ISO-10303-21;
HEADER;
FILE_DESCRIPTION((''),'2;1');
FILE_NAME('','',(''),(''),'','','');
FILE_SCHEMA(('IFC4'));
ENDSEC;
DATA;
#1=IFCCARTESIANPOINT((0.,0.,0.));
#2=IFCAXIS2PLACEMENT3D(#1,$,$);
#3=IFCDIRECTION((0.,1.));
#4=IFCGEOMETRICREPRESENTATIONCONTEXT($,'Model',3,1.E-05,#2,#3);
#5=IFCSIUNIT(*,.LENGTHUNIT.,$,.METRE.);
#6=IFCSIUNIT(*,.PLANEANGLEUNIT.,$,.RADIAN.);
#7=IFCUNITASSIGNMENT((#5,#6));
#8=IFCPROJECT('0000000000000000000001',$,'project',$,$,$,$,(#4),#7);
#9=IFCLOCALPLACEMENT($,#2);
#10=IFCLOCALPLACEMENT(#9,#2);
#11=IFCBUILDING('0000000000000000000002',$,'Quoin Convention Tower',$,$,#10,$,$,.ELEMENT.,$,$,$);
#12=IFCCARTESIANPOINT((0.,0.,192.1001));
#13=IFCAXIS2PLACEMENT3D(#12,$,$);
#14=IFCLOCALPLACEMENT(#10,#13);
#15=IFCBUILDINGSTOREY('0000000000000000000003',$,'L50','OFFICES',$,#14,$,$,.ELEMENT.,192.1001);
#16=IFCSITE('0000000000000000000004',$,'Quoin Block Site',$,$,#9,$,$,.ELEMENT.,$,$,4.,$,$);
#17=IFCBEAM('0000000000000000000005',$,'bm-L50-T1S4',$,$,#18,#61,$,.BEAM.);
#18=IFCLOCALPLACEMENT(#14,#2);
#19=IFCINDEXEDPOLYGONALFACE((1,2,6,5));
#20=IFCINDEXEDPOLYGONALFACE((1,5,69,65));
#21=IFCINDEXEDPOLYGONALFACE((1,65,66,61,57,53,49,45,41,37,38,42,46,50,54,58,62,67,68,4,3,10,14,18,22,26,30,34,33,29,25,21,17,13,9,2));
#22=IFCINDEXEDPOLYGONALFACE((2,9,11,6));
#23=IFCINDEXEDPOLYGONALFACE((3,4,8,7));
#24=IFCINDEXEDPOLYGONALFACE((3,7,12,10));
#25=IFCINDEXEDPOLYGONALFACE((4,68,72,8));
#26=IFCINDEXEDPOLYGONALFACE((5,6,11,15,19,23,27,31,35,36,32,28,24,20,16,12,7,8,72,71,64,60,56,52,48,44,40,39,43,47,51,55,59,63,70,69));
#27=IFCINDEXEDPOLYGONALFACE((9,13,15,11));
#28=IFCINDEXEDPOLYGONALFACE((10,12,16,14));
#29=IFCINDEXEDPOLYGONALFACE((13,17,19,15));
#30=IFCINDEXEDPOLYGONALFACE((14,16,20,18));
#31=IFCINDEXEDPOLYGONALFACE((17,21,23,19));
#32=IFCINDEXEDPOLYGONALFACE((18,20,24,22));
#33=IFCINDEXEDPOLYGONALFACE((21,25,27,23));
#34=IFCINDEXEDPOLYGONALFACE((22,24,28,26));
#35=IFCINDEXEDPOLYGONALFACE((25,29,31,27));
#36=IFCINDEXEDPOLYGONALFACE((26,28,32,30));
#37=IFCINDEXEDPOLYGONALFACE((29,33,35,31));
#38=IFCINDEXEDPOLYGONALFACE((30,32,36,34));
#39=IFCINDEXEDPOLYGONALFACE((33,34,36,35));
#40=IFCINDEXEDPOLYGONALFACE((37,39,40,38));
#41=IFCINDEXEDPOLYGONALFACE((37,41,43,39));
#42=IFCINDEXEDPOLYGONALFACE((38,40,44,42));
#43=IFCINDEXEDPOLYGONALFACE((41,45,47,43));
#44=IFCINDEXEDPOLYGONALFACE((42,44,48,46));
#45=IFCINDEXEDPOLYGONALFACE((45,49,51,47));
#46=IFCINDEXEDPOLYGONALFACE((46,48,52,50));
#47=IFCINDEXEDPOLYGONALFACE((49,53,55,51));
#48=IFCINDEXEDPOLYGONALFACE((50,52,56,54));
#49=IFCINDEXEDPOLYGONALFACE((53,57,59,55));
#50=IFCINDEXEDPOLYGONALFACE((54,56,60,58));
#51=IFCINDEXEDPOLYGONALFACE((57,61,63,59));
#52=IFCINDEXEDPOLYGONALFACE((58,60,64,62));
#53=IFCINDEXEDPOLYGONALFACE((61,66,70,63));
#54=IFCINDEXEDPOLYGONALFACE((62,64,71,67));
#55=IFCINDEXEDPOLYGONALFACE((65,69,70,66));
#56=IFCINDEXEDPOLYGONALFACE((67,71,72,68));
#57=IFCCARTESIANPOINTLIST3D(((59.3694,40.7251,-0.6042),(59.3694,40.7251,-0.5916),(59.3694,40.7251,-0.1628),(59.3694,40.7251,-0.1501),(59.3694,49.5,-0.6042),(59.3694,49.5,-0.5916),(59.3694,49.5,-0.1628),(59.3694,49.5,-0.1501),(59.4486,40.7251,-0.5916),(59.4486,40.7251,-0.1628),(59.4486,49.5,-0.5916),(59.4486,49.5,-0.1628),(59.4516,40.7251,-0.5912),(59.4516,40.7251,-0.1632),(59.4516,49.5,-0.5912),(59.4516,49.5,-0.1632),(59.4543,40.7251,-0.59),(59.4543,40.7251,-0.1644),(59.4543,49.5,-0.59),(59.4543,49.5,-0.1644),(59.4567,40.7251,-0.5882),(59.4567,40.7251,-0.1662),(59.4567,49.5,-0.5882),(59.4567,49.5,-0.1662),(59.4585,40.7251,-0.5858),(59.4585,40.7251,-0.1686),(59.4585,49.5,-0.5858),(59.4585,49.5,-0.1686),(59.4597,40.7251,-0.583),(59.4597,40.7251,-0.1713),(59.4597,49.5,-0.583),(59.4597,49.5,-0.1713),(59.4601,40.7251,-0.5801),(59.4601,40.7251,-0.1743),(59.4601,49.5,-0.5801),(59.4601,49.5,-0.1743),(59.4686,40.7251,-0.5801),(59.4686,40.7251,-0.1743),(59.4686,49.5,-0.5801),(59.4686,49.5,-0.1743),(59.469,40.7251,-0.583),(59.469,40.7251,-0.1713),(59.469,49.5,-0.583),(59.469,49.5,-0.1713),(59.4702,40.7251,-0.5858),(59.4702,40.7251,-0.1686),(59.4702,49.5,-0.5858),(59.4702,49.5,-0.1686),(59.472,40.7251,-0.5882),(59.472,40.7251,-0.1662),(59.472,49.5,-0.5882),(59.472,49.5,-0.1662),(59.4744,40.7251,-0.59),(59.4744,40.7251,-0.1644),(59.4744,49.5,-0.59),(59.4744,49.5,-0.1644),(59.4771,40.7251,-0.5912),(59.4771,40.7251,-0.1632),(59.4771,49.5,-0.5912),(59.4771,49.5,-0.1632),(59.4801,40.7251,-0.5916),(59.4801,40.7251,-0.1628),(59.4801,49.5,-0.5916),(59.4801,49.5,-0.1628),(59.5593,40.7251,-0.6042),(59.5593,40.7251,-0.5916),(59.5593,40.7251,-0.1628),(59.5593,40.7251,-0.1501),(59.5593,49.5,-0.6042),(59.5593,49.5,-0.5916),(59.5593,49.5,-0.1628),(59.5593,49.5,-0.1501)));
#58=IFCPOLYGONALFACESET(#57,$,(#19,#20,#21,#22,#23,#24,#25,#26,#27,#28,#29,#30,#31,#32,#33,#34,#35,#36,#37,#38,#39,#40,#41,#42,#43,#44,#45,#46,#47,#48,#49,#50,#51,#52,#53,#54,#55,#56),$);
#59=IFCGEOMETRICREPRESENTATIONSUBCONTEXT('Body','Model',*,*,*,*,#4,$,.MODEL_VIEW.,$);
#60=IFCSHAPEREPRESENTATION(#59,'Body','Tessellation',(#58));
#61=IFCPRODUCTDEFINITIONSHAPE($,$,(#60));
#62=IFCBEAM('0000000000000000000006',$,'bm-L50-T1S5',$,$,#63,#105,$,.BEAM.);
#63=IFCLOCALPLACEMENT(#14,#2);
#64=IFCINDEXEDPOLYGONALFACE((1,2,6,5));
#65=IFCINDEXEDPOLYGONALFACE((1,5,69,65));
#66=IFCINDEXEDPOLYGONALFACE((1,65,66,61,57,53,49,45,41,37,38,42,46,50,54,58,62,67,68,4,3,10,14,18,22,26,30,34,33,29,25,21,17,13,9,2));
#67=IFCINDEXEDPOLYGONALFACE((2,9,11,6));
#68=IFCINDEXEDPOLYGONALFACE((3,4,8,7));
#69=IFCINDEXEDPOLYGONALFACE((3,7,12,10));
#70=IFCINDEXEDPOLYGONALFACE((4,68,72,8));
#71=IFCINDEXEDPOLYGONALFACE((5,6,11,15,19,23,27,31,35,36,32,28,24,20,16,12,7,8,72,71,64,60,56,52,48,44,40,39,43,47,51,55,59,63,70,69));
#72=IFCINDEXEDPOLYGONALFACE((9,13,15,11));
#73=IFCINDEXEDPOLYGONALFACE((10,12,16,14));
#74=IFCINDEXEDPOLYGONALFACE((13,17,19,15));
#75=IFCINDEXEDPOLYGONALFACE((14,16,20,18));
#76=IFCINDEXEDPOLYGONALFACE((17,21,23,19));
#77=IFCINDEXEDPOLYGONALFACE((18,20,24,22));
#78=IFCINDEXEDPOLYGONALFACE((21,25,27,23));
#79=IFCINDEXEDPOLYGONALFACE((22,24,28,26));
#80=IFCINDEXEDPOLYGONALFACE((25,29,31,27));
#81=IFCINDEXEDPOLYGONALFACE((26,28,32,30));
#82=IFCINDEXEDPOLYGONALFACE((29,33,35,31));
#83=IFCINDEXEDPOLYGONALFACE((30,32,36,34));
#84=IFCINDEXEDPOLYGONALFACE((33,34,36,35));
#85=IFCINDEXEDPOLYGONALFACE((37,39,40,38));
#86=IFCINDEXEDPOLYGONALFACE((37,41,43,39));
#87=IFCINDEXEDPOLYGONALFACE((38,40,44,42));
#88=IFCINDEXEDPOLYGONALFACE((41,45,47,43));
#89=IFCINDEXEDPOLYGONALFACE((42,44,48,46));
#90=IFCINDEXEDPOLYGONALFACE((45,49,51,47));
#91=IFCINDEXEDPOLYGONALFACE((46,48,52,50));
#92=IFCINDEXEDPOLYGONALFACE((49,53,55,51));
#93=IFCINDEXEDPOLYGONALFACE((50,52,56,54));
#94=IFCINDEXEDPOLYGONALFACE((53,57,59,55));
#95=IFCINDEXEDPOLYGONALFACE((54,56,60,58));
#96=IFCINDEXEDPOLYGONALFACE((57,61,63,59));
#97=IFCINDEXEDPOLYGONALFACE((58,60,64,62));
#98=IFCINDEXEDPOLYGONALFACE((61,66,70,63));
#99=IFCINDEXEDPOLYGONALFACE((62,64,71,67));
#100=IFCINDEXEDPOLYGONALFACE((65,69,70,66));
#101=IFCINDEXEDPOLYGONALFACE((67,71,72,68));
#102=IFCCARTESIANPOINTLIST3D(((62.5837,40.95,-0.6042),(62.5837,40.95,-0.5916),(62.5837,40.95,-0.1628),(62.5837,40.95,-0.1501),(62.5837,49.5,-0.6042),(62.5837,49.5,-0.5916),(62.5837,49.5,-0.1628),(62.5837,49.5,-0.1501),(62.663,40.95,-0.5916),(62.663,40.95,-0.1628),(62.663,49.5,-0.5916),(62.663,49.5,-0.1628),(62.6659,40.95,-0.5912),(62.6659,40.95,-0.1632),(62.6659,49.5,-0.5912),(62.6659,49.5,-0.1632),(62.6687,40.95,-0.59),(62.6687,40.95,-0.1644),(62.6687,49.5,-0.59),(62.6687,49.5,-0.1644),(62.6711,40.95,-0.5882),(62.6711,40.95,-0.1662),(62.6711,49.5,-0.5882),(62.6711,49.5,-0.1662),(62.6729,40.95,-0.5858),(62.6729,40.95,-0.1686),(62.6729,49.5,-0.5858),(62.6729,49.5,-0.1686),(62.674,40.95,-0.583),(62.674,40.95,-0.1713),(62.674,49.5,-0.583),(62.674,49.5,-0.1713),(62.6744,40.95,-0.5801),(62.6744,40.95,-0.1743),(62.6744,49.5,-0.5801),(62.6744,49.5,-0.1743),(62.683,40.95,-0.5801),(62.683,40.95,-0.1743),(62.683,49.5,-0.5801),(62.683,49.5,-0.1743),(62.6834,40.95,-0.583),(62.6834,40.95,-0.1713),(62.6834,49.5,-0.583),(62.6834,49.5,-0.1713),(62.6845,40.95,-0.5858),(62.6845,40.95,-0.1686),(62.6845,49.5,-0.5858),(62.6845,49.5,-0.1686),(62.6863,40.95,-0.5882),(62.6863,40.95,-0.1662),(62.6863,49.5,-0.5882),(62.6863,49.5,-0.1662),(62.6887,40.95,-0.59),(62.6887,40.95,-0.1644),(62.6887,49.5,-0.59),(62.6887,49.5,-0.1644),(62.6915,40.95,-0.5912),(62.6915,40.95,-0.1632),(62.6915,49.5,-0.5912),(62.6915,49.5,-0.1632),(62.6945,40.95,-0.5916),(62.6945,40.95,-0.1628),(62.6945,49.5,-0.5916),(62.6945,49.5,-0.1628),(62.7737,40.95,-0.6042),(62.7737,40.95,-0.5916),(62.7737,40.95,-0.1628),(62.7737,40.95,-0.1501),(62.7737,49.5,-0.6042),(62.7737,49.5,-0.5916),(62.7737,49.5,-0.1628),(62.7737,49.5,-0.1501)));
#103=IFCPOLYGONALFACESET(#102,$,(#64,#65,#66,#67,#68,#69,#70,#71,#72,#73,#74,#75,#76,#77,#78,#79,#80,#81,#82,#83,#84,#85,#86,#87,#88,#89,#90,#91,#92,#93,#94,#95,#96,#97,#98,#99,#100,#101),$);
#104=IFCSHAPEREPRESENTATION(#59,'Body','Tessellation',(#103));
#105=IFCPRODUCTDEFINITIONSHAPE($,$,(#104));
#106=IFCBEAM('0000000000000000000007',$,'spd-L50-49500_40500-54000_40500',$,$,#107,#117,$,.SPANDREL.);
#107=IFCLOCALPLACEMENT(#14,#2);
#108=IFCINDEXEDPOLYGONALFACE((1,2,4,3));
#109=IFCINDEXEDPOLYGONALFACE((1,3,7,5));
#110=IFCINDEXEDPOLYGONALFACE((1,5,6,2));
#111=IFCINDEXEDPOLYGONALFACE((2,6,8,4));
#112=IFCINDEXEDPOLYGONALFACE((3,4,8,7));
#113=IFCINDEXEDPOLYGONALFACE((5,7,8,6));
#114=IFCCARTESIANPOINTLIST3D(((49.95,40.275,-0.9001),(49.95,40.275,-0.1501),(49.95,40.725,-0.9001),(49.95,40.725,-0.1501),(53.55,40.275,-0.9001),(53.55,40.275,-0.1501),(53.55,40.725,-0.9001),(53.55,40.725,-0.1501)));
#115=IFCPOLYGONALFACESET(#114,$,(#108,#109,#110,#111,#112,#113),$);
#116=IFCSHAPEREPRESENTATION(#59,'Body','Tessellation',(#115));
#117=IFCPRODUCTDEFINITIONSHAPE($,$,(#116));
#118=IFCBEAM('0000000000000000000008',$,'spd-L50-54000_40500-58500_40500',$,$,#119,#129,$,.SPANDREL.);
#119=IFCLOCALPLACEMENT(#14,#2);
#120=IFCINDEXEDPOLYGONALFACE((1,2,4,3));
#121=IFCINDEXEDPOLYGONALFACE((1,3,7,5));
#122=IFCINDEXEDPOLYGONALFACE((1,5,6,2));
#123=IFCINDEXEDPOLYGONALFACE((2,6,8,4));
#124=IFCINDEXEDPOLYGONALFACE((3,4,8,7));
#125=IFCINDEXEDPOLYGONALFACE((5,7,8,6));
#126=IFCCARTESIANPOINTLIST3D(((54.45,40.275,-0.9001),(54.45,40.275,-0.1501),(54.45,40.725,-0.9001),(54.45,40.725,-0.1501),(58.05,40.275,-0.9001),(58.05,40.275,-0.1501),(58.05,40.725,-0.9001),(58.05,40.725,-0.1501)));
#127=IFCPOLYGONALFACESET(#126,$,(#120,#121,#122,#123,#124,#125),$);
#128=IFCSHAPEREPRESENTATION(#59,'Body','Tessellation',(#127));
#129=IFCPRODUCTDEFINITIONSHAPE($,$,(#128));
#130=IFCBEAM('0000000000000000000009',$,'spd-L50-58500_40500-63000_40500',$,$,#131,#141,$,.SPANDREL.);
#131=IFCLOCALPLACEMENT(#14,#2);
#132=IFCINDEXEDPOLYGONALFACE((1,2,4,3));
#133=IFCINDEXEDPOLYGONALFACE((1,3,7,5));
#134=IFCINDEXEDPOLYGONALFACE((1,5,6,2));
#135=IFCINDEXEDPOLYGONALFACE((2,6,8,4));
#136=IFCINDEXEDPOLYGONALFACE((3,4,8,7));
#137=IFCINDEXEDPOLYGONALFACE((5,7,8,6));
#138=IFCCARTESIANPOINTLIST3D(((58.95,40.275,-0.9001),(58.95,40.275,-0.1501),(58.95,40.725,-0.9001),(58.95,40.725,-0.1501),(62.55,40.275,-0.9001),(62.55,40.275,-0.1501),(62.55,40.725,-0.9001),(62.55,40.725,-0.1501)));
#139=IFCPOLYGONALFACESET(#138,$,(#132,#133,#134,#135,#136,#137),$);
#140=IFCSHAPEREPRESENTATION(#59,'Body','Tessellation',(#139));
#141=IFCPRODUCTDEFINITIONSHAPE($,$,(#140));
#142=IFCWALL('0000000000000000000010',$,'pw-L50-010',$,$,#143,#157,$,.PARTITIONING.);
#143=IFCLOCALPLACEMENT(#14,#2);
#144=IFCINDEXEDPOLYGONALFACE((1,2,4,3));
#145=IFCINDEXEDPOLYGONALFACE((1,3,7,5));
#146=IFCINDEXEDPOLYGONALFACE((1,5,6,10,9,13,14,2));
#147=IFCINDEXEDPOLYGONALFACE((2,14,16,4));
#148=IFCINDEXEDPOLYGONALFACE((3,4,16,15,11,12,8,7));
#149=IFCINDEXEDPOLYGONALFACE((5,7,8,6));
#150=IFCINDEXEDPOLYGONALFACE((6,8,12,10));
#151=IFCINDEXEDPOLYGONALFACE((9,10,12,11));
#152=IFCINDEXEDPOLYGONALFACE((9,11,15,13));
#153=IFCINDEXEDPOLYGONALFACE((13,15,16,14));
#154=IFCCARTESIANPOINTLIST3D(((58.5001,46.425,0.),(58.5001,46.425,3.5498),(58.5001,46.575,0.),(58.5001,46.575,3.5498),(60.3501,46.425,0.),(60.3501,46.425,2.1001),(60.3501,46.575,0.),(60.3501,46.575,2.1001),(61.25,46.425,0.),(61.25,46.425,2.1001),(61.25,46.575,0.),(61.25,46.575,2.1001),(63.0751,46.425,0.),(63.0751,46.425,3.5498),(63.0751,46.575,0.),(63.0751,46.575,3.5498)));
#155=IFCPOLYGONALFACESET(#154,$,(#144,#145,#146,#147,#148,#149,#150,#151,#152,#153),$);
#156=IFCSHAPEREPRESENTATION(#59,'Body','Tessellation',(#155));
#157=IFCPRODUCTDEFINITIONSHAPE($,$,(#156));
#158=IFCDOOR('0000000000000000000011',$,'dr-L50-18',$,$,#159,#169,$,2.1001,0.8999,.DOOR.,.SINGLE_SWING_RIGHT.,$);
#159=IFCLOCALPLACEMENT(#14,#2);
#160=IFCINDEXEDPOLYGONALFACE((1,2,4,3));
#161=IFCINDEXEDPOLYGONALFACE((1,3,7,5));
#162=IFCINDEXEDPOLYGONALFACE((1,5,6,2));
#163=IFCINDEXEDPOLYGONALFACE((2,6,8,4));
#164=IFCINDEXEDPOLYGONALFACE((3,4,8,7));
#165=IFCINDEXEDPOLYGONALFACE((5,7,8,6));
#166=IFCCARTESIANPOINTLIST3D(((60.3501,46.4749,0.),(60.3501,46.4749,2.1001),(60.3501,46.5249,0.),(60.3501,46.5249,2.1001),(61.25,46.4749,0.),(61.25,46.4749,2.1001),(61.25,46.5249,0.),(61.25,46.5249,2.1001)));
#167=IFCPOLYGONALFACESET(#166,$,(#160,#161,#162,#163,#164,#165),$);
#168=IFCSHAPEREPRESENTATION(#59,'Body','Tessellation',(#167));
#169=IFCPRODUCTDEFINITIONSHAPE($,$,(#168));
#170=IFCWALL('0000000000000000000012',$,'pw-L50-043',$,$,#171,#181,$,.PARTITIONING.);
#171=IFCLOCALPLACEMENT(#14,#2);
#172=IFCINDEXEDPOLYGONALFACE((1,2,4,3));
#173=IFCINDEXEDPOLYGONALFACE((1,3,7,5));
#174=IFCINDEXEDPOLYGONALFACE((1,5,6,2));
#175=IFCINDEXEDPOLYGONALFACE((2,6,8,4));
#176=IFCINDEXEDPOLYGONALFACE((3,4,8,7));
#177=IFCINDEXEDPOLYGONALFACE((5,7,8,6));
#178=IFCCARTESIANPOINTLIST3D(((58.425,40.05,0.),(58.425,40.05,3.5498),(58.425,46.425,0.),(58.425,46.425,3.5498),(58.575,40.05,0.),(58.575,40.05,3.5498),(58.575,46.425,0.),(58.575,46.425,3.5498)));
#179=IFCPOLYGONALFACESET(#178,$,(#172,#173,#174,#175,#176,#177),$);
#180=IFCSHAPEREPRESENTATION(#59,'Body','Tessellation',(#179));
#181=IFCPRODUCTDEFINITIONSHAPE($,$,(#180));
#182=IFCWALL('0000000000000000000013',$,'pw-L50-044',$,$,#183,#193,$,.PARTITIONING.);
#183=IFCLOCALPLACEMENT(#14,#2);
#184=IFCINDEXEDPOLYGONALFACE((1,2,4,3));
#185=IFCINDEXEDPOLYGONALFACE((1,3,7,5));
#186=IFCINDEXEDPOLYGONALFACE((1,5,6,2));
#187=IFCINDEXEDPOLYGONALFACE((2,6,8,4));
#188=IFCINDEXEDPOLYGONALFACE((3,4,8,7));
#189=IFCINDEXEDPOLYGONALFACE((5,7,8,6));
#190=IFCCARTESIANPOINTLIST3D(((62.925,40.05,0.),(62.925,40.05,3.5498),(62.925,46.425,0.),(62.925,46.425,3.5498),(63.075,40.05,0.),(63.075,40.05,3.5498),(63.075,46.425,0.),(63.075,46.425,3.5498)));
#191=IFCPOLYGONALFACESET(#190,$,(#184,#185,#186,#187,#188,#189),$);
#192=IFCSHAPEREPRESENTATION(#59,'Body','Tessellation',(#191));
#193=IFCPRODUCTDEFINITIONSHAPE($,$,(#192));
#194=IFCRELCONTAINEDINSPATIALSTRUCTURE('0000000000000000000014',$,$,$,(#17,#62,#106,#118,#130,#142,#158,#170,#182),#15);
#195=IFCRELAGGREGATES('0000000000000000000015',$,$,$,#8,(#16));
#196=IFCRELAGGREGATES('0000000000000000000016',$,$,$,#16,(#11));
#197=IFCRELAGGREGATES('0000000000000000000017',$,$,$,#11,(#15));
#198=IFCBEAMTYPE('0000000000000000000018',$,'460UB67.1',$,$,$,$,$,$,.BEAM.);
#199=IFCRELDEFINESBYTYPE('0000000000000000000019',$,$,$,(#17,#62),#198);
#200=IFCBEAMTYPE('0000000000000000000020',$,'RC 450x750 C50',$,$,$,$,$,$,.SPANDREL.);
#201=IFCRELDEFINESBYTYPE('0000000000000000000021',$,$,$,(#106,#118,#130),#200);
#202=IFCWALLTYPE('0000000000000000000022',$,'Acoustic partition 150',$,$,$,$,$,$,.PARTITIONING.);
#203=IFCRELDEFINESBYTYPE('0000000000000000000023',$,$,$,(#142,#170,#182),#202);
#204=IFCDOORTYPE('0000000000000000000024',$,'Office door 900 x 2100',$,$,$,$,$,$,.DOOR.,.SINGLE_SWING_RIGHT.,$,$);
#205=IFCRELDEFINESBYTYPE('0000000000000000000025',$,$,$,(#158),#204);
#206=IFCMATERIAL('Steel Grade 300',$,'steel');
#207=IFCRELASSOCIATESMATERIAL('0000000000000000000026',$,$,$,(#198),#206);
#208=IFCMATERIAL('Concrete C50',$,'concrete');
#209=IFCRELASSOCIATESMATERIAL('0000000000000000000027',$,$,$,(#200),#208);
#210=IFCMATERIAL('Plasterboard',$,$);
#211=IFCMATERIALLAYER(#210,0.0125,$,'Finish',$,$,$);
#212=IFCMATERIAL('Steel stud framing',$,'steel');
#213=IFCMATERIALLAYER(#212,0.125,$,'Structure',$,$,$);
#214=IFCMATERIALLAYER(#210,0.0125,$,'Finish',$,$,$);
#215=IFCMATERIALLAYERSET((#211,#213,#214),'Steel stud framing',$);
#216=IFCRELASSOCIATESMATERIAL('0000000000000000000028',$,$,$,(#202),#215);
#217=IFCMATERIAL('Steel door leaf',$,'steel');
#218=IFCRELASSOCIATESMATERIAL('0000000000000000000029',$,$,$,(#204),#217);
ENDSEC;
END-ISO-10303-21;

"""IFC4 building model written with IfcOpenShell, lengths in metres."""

from ifc_helpers import new_model, si_unit, direction, frame, frame_2d, origin, origin_2d, place, context, subcontext, project, spatial, rectangle, i_section, extrude, material, layer, layer_set, material_profile, profile_set, type_object, element, fill, save


model = new_model("IFC4")

# Units and contexts
model_context = context("Model", 3, precision=1e-05, world=origin(), true_north=direction((0.0, 1.0)))
body_context = subcontext(model_context, "Body", "Model", "MODEL_VIEW")
ifc_project = project(units=[si_unit("LENGTHUNIT", "METRE"), si_unit("PLANEANGLEUNIT", "RADIAN")], contexts=[model_context])

# Site, building, storey
site_placement = place(None, origin())
site = spatial("IfcSite", under=ifc_project, at=site_placement, Name="Quoin Block Site", CompositionType="ELEMENT", RefElevation=4.0)
building_placement = place(site_placement, origin())
building = spatial("IfcBuilding", under=site, at=building_placement, Name="Quoin Convention Tower", CompositionType="ELEMENT")
storey_placement = place(building_placement, frame((0.0, 0.0, 192.1001)))
storey = spatial("IfcBuildingStorey", under=building, at=storey_placement, Name="L50", Description="OFFICES", CompositionType="ELEMENT", Elevation=192.1001)

# Shared definitions
ifc_material_1 = material(Name="Concrete C50", Category="concrete")

# Beams
ifc_material_2 = material(Name="Steel Grade 300", Category="steel")
ifc_material_profile_1 = material_profile(ifc_material_2, i_section(OverallWidth=0.1899, OverallDepth=0.4541, WebThickness=0.0085, FlangeThickness=0.0127, FilletRadius=0.0115, at=origin_2d()), Name="460UB67.1")
ifc_profile_set_1 = profile_set([ifc_material_profile_1], Name="Steel Grade 300")
beam_type_1 = type_object("IfcBeamType", Name="460UB67.1", PredefinedType="BEAM", material=ifc_profile_set_1)
for number, where, z_axis, x_axis, name in (
    (1, (59.4644, 40.7251, -0.3772), (0.0, 1.0, 0.0), (-1.0, 0.0, 0.0), "bm-L50-T1S4"),
):
    element("IfcBeam", number, at=place(storey_placement, frame(where, z_axis=z_axis, x_axis=x_axis)), inside=storey, type_object=beam_type_1, Name=name, PredefinedType="BEAM", context=body_context, shape_type="SweptSolid", body=[
        extrude(i_section(OverallWidth=0.1899, OverallDepth=0.4541, WebThickness=0.0085, FlangeThickness=0.0127, FilletRadius=0.0115, at=origin_2d()), origin(), (0.0, 0.0, 1.0), 8.7749),
    ])
beam_1_placement = place(storey_placement, frame((62.6787, 40.95, -0.3772), z_axis=(0.0, 1.0, 0.0), x_axis=(-1.0, 0.0, 0.0)))
element("IfcBeam", 2, at=beam_1_placement, inside=storey, type_object=beam_type_1, Name="bm-L50-T1S5", PredefinedType="BEAM", context=body_context, shape_type="SweptSolid", body=[
    extrude(i_section(OverallWidth=0.1899, OverallDepth=0.4541, WebThickness=0.0085, FlangeThickness=0.0127, FilletRadius=0.0115, at=origin_2d()), origin(), (0.0, 0.0, 1.0), 8.55),
])
ifc_material_profile_2 = material_profile(ifc_material_1, rectangle(XDim=0.45, YDim=0.75, at=origin_2d()), Name="RC 450x750")
ifc_profile_set_2 = profile_set([ifc_material_profile_2], Name="Concrete C50")
beam_type_2 = type_object("IfcBeamType", Name="RC 450x750 C50", PredefinedType="SPANDREL", material=ifc_profile_set_2)
for number, where, z_axis, x_axis, name in (
    (3, (49.95, 40.5, -0.5251), (1.0, 0.0, 0.0), (0.0, 1.0, 0.0), "spd-L50-49500_40500-54000_40500"),
    (4, (54.45, 40.5, -0.5251), (1.0, 0.0, 0.0), (0.0, 1.0, 0.0), "spd-L50-54000_40500-58500_40500"),
    (5, (58.95, 40.5, -0.5251), (1.0, 0.0, 0.0), (0.0, 1.0, 0.0), "spd-L50-58500_40500-63000_40500"),
):
    element("IfcBeam", number, at=place(storey_placement, frame(where, z_axis=z_axis, x_axis=x_axis)), inside=storey, type_object=beam_type_2, Name=name, PredefinedType="SPANDREL", context=body_context, shape_type="SweptSolid", body=[
        extrude(rectangle(XDim=0.45, YDim=0.75, at=origin_2d()), origin(), (0.0, 0.0, 1.0), 3.6001),
    ])

# Wall, opening, door
ifc_material_3 = material(Name="Plasterboard")
ifc_layer_1 = layer(ifc_material_3, 0.0125, Name="Finish")
ifc_material_4 = material(Name="Steel stud framing", Category="steel")
ifc_layer_2 = layer(ifc_material_4, 0.125, Name="Structure")
ifc_layer_3 = layer(ifc_material_3, 0.0125, Name="Finish")
ifc_layer_set_1 = layer_set([ifc_layer_1, ifc_layer_2, ifc_layer_3], Name="Steel stud framing")
wall_type_1 = type_object("IfcWallType", Name="Acoustic partition 150", PredefinedType="PARTITIONING", material=ifc_layer_set_1)
wall_1_placement = place(storey_placement, frame((58.5, 46.5, 0.0), z_axis=(0.0, 0.0, 1.0), x_axis=(1.0, 0.0, 0.0)))
wall_1 = element("IfcWall", 6, at=wall_1_placement, inside=storey, type_object=wall_type_1, Name="pw-L50-010", PredefinedType="PARTITIONING", context=body_context, shape_type="SweptSolid", body=[
    extrude(rectangle(XDim=4.575, YDim=0.1499, at=frame_2d((2.2876, 0.0))), origin(), (0.0, 0.0, 1.0), 3.5498),
])
opening_1_placement = place(wall_1_placement, frame((1.8501, 0.0, 0.0)))
opening_1 = element("IfcOpeningElement", 7, at=opening_1_placement, cuts=wall_1, PredefinedType="OPENING", context=body_context, shape_type="SweptSolid", body=[
    extrude(rectangle(XDim=0.8999, YDim=2.1001, at=frame_2d((0.45, 1.05))), frame((0.0, 0.085, 0.0), z_axis=(0.0, -1.0, 0.0), x_axis=(1.0, 0.0, 0.0)), (0.0, 0.0, 1.0), 0.1699),
])
ifc_material_5 = material(Name="Steel door leaf", Category="steel")
door_type = type_object("IfcDoorType", Name="Office door 900 x 2100", OperationType="SINGLE_SWING_RIGHT", PredefinedType="DOOR", material=ifc_material_5)
door_1_placement = place(opening_1_placement, origin())
door_1 = element("IfcDoor", 8, at=door_1_placement, inside=storey, type_object=door_type, Name="dr-L50-18", OperationType="SINGLE_SWING_RIGHT", OverallHeight=2.1001, OverallWidth=0.8999, PredefinedType="DOOR", context=body_context, shape_type="SweptSolid", body=[
    extrude(rectangle(XDim=0.8999, YDim=2.1001, at=frame_2d((0.45, 1.05))), frame((0.0, 0.0249, 0.0), z_axis=(0.0, -1.0, 0.0), x_axis=(1.0, 0.0, 0.0)), (0.0, 0.0, 1.0), 0.05),
])
fill(opening_1, door_1)

# Walls
for number, where, z_axis, x_axis, name in (
    (9, (58.5, 40.05, 0.0), (0.0, 0.0, 1.0), (0.0, 1.0, 0.0), "pw-L50-043"),
    (10, (63.0, 40.05, 0.0), (0.0, 0.0, 1.0), (0.0, 1.0, 0.0), "pw-L50-044"),
):
    element("IfcWall", number, at=place(storey_placement, frame(where, z_axis=z_axis, x_axis=x_axis)), inside=storey, type_object=wall_type_1, Name=name, PredefinedType="PARTITIONING", context=body_context, shape_type="SweptSolid", body=[
        extrude(rectangle(XDim=6.375, YDim=0.1499, at=frame_2d((3.1875, 0.0))), origin(), (0.0, 0.0, 1.0), 3.5498),
    ])

save(model, "model.ifc")
